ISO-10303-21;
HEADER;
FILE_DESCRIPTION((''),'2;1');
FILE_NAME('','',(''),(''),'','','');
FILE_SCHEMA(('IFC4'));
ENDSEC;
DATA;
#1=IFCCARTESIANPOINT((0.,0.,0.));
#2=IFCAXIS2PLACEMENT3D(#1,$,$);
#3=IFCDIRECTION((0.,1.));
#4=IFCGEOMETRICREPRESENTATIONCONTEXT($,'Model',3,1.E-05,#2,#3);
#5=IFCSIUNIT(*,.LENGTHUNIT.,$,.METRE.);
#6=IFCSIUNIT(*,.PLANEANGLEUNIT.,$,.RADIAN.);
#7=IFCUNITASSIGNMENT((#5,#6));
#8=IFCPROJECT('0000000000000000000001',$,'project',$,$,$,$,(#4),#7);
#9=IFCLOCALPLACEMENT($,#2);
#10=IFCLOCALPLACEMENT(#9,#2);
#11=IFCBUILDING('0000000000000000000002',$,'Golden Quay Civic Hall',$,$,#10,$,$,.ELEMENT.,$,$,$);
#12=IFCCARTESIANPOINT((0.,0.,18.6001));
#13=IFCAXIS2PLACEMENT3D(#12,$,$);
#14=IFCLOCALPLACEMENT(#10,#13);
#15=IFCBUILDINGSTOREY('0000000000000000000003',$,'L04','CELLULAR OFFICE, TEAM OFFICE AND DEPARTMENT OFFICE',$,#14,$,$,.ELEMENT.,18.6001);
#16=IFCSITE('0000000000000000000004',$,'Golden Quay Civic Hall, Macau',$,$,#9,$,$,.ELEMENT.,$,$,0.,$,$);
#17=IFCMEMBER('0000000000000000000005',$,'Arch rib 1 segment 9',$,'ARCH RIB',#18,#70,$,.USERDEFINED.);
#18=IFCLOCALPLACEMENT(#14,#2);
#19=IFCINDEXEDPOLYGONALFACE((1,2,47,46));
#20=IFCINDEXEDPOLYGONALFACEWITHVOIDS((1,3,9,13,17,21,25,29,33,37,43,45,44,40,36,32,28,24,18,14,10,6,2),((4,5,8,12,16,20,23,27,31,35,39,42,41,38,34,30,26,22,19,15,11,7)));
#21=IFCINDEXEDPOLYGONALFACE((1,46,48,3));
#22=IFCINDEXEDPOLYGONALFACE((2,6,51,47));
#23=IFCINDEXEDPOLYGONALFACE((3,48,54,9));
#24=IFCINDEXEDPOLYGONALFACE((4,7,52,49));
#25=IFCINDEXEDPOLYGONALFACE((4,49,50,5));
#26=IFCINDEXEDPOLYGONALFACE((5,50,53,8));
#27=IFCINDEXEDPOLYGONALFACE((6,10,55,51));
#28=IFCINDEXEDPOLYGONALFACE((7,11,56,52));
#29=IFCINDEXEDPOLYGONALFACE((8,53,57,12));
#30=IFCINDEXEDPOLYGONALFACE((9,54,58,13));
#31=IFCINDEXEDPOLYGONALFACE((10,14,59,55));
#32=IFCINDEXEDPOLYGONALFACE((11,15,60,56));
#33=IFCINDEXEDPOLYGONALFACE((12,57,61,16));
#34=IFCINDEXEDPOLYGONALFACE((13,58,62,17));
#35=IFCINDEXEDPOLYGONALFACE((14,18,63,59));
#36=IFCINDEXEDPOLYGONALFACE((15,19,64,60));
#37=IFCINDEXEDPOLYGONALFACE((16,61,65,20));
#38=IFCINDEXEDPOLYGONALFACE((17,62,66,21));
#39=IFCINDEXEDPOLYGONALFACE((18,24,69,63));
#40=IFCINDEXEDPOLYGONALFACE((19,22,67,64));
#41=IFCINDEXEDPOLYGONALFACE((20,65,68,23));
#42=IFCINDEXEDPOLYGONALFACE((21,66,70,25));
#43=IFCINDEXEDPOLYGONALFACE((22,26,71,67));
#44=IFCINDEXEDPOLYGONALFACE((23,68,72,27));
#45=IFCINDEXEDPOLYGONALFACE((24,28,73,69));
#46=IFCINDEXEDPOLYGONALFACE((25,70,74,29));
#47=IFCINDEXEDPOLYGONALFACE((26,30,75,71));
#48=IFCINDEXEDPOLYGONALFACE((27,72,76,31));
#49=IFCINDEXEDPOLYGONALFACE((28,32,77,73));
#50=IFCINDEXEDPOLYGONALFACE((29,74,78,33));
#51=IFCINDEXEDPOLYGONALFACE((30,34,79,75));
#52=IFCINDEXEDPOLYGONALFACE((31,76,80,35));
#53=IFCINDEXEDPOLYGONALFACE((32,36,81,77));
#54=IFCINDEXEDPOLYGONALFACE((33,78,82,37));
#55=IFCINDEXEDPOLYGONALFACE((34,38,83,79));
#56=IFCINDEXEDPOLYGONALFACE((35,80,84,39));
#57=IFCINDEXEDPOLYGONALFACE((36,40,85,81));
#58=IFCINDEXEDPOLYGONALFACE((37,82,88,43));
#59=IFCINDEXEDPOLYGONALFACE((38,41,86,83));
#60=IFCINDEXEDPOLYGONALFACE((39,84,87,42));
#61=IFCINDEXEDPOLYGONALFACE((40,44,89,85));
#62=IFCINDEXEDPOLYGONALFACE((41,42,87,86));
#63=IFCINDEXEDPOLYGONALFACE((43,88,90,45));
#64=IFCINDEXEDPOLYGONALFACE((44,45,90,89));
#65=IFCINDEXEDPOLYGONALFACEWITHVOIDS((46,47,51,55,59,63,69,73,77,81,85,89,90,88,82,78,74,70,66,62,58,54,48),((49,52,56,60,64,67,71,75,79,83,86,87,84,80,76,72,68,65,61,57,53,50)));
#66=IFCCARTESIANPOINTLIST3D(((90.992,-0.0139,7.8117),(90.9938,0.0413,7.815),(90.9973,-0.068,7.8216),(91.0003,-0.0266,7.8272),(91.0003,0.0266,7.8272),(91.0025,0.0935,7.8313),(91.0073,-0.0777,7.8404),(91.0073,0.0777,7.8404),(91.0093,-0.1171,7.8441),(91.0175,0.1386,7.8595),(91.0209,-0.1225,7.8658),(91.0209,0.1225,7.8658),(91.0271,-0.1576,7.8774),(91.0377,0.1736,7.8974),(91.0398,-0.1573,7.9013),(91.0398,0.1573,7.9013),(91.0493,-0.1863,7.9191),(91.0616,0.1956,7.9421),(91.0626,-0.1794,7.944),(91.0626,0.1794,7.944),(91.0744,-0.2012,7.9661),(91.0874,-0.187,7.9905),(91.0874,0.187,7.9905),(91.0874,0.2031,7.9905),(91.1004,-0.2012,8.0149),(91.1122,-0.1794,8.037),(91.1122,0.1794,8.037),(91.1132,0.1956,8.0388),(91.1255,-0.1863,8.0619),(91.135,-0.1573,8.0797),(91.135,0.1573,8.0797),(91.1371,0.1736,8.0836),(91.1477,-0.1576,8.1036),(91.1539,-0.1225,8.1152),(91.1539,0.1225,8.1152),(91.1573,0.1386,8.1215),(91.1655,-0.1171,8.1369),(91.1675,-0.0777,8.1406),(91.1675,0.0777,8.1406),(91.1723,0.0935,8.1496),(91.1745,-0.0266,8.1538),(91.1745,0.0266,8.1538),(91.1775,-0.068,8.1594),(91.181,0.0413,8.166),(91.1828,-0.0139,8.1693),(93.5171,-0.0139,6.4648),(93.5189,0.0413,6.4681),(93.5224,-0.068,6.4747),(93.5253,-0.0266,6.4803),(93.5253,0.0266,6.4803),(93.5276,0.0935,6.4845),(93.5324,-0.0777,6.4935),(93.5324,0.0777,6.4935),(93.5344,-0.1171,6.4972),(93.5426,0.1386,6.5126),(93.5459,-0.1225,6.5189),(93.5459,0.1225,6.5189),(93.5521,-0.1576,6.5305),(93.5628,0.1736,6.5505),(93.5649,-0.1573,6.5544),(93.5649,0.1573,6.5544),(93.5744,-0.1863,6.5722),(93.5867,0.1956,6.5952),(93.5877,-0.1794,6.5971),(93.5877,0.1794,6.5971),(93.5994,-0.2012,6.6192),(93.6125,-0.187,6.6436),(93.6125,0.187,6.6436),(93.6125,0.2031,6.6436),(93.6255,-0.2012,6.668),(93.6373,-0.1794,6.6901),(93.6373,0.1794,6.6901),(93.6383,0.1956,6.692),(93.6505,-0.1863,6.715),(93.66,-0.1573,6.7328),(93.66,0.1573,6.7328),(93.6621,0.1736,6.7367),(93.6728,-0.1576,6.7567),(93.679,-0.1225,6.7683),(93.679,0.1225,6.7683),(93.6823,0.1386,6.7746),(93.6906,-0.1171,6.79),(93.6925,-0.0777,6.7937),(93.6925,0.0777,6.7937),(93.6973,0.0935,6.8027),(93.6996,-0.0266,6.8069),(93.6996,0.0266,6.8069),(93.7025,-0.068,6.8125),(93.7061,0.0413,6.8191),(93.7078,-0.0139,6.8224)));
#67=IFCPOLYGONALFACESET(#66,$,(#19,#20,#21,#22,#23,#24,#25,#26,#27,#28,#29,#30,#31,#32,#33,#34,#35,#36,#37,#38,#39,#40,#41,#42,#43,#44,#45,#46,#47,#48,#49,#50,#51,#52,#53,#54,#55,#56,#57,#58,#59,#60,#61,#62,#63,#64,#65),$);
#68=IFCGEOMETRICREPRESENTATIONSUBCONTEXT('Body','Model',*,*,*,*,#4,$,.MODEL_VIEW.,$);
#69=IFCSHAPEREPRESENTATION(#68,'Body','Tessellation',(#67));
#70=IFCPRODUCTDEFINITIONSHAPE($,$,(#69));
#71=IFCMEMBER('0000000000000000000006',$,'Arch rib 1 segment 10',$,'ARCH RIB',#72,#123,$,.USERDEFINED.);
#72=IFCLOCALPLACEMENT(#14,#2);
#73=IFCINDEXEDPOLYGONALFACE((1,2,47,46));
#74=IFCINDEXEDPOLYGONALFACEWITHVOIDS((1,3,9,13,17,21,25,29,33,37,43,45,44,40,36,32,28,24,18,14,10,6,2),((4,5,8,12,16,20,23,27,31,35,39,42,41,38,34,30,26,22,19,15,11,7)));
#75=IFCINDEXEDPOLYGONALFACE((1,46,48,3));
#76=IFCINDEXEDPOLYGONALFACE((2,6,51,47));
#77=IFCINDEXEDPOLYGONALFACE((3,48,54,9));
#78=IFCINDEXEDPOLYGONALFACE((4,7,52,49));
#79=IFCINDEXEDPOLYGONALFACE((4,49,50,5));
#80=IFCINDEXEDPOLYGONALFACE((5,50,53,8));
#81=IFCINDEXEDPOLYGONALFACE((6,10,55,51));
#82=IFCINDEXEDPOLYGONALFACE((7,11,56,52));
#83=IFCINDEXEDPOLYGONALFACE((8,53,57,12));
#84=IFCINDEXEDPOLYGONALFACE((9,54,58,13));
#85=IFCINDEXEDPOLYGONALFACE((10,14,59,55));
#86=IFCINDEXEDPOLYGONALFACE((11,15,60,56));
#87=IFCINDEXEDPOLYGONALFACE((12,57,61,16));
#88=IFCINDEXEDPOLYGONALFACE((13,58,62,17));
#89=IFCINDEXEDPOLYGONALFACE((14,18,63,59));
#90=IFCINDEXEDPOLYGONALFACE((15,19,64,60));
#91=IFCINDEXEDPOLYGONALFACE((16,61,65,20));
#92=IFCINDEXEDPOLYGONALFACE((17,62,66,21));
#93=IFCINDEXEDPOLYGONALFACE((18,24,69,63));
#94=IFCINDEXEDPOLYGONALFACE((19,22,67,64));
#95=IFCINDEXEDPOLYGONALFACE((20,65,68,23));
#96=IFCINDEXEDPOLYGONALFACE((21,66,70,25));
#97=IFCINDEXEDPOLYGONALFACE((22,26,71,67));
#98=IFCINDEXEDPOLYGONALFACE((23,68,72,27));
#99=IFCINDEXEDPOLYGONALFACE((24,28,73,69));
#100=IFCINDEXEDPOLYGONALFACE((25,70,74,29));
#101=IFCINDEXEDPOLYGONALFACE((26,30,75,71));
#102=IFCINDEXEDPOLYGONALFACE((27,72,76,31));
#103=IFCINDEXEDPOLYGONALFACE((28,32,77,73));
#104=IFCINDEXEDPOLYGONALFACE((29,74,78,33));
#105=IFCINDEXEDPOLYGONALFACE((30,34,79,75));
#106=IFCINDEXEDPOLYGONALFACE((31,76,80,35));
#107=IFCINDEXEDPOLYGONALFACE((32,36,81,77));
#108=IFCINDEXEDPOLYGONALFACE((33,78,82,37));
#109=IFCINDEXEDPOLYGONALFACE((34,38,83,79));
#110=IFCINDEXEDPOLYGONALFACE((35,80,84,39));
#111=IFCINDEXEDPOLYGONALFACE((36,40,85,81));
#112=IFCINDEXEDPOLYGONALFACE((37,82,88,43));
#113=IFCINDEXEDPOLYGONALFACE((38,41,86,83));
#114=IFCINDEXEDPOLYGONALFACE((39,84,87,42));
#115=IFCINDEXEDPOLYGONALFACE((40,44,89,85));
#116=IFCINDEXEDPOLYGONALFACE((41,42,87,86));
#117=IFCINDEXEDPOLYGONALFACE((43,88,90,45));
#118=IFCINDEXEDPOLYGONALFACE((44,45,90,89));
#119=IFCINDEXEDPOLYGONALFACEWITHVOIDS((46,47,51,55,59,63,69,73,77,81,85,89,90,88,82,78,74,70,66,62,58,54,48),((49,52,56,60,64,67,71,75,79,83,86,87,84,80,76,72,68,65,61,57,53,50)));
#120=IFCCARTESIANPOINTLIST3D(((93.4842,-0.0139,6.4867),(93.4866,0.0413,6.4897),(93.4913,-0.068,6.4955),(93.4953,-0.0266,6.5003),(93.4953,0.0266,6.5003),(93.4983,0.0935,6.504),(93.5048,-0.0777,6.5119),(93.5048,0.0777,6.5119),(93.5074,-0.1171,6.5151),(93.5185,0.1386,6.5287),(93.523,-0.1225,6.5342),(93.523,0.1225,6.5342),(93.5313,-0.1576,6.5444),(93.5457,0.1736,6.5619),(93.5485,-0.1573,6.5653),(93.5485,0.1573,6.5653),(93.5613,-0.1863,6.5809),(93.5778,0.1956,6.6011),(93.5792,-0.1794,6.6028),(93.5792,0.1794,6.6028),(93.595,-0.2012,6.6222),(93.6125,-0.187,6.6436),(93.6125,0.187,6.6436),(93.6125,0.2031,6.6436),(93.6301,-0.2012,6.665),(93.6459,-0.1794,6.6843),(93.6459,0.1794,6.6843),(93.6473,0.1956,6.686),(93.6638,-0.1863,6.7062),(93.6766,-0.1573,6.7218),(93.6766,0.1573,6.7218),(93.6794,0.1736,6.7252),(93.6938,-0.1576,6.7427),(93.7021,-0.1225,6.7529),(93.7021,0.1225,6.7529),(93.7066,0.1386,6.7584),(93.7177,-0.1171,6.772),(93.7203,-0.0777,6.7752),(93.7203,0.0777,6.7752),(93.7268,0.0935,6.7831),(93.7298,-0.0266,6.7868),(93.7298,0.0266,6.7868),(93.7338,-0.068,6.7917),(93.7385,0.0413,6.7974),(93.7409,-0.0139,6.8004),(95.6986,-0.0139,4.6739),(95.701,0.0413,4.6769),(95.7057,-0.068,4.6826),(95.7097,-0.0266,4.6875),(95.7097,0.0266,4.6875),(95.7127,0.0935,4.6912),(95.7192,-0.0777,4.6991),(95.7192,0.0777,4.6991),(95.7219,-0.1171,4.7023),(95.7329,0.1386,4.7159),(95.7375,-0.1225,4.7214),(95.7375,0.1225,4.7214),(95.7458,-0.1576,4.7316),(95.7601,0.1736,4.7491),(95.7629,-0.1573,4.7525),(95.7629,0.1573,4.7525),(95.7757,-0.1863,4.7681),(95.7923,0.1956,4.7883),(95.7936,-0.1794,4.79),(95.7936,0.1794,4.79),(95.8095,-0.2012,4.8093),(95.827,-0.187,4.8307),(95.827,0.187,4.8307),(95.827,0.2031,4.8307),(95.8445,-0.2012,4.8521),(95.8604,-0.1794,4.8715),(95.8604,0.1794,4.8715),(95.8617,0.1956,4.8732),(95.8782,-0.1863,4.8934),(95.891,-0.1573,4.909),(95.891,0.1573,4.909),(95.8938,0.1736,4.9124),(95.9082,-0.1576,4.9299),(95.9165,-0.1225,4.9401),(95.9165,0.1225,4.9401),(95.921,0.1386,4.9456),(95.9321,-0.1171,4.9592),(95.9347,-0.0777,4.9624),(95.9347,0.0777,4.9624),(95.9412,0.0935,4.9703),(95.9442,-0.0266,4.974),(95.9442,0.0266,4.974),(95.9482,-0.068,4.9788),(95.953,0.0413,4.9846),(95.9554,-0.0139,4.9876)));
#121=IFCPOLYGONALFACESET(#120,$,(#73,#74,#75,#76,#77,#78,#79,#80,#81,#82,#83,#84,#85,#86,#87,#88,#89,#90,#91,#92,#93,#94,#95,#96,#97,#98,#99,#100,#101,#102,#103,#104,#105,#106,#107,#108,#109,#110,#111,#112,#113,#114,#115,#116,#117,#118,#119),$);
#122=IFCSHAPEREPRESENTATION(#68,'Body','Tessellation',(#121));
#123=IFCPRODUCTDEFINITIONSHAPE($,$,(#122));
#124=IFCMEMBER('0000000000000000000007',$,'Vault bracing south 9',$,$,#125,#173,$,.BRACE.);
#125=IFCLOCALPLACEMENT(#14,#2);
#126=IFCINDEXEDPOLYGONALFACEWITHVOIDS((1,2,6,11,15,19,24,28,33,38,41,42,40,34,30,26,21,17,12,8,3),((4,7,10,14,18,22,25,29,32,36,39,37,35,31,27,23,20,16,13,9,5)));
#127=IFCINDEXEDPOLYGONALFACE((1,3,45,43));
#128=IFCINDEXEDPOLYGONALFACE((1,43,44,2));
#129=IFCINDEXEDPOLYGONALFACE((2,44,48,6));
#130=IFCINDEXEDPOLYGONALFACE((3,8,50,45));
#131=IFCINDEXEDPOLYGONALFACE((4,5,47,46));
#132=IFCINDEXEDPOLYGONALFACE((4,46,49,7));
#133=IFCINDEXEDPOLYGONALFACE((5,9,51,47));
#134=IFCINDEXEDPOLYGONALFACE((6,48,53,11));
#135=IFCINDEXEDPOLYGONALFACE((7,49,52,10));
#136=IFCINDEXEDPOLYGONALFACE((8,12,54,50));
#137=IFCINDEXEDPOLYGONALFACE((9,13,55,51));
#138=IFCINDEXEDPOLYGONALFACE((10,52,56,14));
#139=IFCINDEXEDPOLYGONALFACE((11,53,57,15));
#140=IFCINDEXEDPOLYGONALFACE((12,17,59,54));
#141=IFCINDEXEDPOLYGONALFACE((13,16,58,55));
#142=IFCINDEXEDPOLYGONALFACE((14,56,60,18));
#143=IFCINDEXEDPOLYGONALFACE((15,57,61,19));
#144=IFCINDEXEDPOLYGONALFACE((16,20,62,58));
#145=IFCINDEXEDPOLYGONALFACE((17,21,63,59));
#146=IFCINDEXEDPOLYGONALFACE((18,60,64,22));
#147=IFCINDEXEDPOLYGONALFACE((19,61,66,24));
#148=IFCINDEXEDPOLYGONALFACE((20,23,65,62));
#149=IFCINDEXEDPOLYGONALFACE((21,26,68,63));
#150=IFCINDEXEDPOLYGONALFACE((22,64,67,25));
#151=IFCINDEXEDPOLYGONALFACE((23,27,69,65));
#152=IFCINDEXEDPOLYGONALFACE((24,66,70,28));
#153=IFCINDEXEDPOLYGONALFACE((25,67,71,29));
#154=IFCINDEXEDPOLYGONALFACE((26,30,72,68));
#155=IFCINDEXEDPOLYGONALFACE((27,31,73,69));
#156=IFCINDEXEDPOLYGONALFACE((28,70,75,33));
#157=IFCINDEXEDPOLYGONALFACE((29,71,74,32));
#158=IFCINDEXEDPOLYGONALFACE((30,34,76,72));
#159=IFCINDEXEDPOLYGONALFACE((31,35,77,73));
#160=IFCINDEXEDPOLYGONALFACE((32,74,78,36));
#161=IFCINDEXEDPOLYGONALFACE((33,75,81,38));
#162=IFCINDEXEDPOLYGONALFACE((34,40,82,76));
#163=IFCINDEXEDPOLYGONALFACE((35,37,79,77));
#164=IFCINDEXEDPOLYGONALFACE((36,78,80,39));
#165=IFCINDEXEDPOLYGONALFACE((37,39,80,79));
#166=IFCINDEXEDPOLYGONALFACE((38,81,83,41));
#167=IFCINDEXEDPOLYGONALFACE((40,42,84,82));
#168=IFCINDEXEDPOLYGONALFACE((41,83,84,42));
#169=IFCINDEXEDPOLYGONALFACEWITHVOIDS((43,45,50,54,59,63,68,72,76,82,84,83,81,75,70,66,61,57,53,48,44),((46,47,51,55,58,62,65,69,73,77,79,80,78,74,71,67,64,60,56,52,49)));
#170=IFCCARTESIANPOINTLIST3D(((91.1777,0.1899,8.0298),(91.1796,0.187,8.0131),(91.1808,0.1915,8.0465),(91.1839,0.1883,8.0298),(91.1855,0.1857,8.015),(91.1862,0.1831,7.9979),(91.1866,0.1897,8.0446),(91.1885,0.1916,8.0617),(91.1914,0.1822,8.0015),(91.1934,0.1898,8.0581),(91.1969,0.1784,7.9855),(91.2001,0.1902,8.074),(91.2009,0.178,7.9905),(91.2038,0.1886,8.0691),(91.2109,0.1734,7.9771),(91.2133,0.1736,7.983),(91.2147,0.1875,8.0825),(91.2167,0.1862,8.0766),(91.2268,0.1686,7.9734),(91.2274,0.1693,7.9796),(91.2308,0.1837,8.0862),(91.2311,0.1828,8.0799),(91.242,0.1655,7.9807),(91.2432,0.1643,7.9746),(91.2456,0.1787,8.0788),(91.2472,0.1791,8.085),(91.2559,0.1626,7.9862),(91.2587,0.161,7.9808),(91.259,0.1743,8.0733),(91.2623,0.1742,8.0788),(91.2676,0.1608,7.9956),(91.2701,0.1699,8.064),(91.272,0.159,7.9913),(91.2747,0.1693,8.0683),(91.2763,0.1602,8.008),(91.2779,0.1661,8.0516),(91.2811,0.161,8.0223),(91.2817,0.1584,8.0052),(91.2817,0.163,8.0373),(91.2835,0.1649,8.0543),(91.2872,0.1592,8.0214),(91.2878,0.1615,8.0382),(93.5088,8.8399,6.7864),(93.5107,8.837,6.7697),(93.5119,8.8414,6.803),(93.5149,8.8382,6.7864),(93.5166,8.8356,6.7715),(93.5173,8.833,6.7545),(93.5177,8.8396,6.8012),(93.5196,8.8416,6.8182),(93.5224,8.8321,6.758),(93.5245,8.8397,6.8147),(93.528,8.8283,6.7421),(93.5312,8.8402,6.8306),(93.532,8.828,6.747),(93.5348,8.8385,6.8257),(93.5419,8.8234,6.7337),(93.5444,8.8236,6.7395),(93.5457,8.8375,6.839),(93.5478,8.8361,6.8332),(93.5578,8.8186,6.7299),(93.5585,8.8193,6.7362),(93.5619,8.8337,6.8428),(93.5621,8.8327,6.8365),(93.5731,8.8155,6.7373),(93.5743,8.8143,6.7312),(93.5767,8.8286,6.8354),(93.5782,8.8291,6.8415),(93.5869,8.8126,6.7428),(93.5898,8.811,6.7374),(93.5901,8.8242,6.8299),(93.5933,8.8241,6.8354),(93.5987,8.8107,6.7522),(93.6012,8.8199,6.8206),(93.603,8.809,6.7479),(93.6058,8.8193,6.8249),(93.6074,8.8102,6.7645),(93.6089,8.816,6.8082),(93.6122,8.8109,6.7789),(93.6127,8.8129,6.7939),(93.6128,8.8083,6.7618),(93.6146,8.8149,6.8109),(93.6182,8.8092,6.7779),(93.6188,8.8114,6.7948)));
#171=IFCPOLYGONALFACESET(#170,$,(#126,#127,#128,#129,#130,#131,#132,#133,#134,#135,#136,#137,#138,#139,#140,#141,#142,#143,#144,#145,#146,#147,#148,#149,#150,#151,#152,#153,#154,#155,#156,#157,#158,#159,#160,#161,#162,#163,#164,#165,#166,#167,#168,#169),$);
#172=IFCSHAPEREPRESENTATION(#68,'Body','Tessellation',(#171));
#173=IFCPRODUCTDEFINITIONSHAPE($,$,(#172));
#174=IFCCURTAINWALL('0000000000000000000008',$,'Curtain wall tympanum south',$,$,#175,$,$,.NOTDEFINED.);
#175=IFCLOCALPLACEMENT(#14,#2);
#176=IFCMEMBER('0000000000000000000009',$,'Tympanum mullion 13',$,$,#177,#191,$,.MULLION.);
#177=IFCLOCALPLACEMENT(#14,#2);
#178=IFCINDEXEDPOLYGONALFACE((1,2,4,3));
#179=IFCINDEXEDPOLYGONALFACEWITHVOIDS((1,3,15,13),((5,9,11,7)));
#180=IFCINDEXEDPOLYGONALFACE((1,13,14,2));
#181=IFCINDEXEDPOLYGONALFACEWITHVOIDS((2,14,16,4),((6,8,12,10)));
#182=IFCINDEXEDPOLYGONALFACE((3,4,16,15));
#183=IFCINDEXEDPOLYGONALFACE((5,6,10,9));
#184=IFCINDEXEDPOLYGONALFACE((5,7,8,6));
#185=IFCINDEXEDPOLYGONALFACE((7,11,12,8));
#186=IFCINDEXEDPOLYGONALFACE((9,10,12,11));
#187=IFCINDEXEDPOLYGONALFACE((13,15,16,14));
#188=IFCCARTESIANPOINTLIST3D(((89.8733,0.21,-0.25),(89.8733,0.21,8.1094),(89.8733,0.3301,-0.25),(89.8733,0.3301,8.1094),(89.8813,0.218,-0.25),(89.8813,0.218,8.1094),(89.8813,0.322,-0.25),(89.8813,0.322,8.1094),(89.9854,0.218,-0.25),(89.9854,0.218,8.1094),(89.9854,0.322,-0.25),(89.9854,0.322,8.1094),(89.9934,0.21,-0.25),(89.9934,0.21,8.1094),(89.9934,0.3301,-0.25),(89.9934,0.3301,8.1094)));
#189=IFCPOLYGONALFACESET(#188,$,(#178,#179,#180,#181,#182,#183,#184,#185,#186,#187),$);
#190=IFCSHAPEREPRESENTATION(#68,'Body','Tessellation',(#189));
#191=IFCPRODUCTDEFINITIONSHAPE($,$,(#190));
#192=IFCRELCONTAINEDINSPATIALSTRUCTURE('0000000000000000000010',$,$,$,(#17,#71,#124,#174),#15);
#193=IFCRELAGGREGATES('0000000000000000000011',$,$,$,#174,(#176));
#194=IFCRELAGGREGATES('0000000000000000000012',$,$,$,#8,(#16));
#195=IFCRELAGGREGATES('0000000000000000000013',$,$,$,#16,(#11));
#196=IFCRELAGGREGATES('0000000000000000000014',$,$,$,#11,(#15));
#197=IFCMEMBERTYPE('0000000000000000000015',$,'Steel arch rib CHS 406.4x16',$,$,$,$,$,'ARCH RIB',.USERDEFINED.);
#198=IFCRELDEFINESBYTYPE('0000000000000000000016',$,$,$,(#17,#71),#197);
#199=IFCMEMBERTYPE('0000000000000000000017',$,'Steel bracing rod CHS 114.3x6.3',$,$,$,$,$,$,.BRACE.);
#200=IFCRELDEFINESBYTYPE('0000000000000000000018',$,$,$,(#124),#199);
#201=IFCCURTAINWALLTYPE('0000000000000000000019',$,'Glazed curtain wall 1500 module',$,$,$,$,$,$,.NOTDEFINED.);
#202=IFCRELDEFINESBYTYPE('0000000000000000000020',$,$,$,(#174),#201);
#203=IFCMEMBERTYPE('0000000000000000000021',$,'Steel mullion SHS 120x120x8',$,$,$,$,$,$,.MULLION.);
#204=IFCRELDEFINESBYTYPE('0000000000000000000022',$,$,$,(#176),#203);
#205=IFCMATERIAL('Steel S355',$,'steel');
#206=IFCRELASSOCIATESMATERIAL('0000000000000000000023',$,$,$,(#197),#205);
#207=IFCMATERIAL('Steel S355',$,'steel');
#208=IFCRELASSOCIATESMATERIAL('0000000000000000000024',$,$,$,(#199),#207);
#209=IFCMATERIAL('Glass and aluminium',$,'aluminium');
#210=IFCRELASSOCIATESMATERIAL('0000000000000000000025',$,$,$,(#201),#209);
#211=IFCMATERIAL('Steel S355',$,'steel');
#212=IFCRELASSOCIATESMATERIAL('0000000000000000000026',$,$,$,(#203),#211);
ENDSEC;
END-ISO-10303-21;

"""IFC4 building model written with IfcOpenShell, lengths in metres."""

from ifc_helpers import new_model, si_unit, direction, frame, origin, origin_2d, place, context, subcontext, project, spatial, hollow_rectangle, hollow_circle, extrude, material, material_profile, profile_set, type_object, element, aggregate, save


model = new_model("IFC4")

# Units and contexts
model_context = context("Model", 3, precision=1e-05, world=origin(), true_north=direction((0.0, 1.0)))
body_context = subcontext(model_context, "Body", "Model", "MODEL_VIEW")
ifc_project = project(units=[si_unit("LENGTHUNIT", "METRE"), si_unit("PLANEANGLEUNIT", "RADIAN")], contexts=[model_context])

# Site, building, storey
site_placement = place(None, origin())
site = spatial("IfcSite", under=ifc_project, at=site_placement, Name="Golden Quay Civic Hall, Macau", CompositionType="ELEMENT", RefElevation=0.0)
building_placement = place(site_placement, origin())
building = spatial("IfcBuilding", under=site, at=building_placement, Name="Golden Quay Civic Hall", CompositionType="ELEMENT")
storey_placement = place(building_placement, frame((0.0, 0.0, 18.6001)))
storey = spatial("IfcBuildingStorey", under=building, at=storey_placement, Name="L04", Description="CELLULAR OFFICE, TEAM OFFICE AND DEPARTMENT OFFICE", CompositionType="ELEMENT", Elevation=18.6001)

# Members
ifc_material_1 = material(Name="Steel S355", Category="steel")
ifc_material_profile_1 = material_profile(ifc_material_1, hollow_circle(Radius=0.2031, WallThickness=0.0161, at=origin_2d()), Name="CHS 406.4x16")
ifc_profile_set_1 = profile_set([ifc_material_profile_1], Name="Steel S355")
member_type_1 = type_object("IfcMemberType", Name="Steel arch rib CHS 406.4x16", ElementType="ARCH RIB", PredefinedType="USERDEFINED", material=ifc_profile_set_1)
for number, where, z_axis, x_axis, name in (
    (1, (91.0874, 0.0, 7.9905), (0.882327, 0.0, -0.470637), (0.0, 1.0, 0.0), "Arch rib 1 segment 9"),
    (2, (93.6125, 0.0, 6.6436), (0.773786, 0.0, -0.633447), (0.0, 1.0, 0.0), "Arch rib 1 segment 10"),
):
    element("IfcMember", number, at=place(storey_placement, frame(where, z_axis=z_axis, x_axis=x_axis)), inside=storey, type_object=member_type_1, Name=name, ObjectType="ARCH RIB", PredefinedType="USERDEFINED", context=body_context, shape_type="SweptSolid", body=[
        extrude(hollow_circle(Radius=0.2031, WallThickness=0.0161, at=origin_2d()), origin(), (0.0, 0.0, 1.0), 2.8618),
    ])
ifc_material_2 = material(Name="Steel S355", Category="steel")
ifc_material_profile_2 = material_profile(ifc_material_2, hollow_circle(Radius=0.0571, WallThickness=0.0063, at=origin_2d()), Name="CHS 114.3x6.3")
ifc_profile_set_2 = profile_set([ifc_material_profile_2], Name="Steel S355")
member_type_2 = type_object("IfcMemberType", Name="Steel bracing rod CHS 114.3x6.3", PredefinedType="BRACE", material=ifc_profile_set_2)
member_1_placement = place(storey_placement, frame((91.2329, 0.175, 8.0298), z_axis=(0.257735, 0.956385, -0.137479), x_axis=(-0.965553, 0.260206, 0.0)))
element("IfcMember", 3, at=member_1_placement, inside=storey, type_object=member_type_2, Name="Vault bracing south 9", PredefinedType="BRACE", context=body_context, shape_type="SweptSolid", body=[
    extrude(hollow_circle(Radius=0.0571, WallThickness=0.0063, at=origin_2d()), origin(), (0.0, 0.0, 1.0), 9.0444),
])

# Curtain wall, member
ifc_material_3 = material(Name="Glass and aluminium", Category="aluminium")
curtain_wall_type = type_object("IfcCurtainWallType", Name="Glazed curtain wall 1500 module", PredefinedType="NOTDEFINED", material=ifc_material_3)
curtain_wall_placement = place(storey_placement, origin())
curtain_wall = element("IfcCurtainWall", 4, at=curtain_wall_placement, inside=storey, type_object=curtain_wall_type, Name="Curtain wall tympanum south", PredefinedType="NOTDEFINED")
ifc_material_4 = material(Name="Steel S355", Category="steel")
ifc_material_profile_3 = material_profile(ifc_material_4, hollow_rectangle(XDim=0.1201, YDim=0.1201, WallThickness=0.0081, at=origin_2d()), Name="SHS 120x120x8")
ifc_profile_set_3 = profile_set([ifc_material_profile_3], Name="Steel S355")
member_type_3 = type_object("IfcMemberType", Name="Steel mullion SHS 120x120x8", PredefinedType="MULLION", material=ifc_profile_set_3)
member_2_placement = place(storey_placement, frame((89.9333, 0.27, -0.25), z_axis=(0.0, 0.0, 1.0), x_axis=(0.0, 1.0, 0.0)))
member_2 = element("IfcMember", 5, at=member_2_placement, type_object=member_type_3, Name="Tympanum mullion 13", PredefinedType="MULLION", context=body_context, shape_type="SweptSolid", body=[
    extrude(hollow_rectangle(XDim=0.1201, YDim=0.1201, WallThickness=0.0081, at=origin_2d()), origin(), (0.0, 0.0, 1.0), 8.3594),
])

aggregate(curtain_wall, [member_2])

save(model, "model.ifc")
